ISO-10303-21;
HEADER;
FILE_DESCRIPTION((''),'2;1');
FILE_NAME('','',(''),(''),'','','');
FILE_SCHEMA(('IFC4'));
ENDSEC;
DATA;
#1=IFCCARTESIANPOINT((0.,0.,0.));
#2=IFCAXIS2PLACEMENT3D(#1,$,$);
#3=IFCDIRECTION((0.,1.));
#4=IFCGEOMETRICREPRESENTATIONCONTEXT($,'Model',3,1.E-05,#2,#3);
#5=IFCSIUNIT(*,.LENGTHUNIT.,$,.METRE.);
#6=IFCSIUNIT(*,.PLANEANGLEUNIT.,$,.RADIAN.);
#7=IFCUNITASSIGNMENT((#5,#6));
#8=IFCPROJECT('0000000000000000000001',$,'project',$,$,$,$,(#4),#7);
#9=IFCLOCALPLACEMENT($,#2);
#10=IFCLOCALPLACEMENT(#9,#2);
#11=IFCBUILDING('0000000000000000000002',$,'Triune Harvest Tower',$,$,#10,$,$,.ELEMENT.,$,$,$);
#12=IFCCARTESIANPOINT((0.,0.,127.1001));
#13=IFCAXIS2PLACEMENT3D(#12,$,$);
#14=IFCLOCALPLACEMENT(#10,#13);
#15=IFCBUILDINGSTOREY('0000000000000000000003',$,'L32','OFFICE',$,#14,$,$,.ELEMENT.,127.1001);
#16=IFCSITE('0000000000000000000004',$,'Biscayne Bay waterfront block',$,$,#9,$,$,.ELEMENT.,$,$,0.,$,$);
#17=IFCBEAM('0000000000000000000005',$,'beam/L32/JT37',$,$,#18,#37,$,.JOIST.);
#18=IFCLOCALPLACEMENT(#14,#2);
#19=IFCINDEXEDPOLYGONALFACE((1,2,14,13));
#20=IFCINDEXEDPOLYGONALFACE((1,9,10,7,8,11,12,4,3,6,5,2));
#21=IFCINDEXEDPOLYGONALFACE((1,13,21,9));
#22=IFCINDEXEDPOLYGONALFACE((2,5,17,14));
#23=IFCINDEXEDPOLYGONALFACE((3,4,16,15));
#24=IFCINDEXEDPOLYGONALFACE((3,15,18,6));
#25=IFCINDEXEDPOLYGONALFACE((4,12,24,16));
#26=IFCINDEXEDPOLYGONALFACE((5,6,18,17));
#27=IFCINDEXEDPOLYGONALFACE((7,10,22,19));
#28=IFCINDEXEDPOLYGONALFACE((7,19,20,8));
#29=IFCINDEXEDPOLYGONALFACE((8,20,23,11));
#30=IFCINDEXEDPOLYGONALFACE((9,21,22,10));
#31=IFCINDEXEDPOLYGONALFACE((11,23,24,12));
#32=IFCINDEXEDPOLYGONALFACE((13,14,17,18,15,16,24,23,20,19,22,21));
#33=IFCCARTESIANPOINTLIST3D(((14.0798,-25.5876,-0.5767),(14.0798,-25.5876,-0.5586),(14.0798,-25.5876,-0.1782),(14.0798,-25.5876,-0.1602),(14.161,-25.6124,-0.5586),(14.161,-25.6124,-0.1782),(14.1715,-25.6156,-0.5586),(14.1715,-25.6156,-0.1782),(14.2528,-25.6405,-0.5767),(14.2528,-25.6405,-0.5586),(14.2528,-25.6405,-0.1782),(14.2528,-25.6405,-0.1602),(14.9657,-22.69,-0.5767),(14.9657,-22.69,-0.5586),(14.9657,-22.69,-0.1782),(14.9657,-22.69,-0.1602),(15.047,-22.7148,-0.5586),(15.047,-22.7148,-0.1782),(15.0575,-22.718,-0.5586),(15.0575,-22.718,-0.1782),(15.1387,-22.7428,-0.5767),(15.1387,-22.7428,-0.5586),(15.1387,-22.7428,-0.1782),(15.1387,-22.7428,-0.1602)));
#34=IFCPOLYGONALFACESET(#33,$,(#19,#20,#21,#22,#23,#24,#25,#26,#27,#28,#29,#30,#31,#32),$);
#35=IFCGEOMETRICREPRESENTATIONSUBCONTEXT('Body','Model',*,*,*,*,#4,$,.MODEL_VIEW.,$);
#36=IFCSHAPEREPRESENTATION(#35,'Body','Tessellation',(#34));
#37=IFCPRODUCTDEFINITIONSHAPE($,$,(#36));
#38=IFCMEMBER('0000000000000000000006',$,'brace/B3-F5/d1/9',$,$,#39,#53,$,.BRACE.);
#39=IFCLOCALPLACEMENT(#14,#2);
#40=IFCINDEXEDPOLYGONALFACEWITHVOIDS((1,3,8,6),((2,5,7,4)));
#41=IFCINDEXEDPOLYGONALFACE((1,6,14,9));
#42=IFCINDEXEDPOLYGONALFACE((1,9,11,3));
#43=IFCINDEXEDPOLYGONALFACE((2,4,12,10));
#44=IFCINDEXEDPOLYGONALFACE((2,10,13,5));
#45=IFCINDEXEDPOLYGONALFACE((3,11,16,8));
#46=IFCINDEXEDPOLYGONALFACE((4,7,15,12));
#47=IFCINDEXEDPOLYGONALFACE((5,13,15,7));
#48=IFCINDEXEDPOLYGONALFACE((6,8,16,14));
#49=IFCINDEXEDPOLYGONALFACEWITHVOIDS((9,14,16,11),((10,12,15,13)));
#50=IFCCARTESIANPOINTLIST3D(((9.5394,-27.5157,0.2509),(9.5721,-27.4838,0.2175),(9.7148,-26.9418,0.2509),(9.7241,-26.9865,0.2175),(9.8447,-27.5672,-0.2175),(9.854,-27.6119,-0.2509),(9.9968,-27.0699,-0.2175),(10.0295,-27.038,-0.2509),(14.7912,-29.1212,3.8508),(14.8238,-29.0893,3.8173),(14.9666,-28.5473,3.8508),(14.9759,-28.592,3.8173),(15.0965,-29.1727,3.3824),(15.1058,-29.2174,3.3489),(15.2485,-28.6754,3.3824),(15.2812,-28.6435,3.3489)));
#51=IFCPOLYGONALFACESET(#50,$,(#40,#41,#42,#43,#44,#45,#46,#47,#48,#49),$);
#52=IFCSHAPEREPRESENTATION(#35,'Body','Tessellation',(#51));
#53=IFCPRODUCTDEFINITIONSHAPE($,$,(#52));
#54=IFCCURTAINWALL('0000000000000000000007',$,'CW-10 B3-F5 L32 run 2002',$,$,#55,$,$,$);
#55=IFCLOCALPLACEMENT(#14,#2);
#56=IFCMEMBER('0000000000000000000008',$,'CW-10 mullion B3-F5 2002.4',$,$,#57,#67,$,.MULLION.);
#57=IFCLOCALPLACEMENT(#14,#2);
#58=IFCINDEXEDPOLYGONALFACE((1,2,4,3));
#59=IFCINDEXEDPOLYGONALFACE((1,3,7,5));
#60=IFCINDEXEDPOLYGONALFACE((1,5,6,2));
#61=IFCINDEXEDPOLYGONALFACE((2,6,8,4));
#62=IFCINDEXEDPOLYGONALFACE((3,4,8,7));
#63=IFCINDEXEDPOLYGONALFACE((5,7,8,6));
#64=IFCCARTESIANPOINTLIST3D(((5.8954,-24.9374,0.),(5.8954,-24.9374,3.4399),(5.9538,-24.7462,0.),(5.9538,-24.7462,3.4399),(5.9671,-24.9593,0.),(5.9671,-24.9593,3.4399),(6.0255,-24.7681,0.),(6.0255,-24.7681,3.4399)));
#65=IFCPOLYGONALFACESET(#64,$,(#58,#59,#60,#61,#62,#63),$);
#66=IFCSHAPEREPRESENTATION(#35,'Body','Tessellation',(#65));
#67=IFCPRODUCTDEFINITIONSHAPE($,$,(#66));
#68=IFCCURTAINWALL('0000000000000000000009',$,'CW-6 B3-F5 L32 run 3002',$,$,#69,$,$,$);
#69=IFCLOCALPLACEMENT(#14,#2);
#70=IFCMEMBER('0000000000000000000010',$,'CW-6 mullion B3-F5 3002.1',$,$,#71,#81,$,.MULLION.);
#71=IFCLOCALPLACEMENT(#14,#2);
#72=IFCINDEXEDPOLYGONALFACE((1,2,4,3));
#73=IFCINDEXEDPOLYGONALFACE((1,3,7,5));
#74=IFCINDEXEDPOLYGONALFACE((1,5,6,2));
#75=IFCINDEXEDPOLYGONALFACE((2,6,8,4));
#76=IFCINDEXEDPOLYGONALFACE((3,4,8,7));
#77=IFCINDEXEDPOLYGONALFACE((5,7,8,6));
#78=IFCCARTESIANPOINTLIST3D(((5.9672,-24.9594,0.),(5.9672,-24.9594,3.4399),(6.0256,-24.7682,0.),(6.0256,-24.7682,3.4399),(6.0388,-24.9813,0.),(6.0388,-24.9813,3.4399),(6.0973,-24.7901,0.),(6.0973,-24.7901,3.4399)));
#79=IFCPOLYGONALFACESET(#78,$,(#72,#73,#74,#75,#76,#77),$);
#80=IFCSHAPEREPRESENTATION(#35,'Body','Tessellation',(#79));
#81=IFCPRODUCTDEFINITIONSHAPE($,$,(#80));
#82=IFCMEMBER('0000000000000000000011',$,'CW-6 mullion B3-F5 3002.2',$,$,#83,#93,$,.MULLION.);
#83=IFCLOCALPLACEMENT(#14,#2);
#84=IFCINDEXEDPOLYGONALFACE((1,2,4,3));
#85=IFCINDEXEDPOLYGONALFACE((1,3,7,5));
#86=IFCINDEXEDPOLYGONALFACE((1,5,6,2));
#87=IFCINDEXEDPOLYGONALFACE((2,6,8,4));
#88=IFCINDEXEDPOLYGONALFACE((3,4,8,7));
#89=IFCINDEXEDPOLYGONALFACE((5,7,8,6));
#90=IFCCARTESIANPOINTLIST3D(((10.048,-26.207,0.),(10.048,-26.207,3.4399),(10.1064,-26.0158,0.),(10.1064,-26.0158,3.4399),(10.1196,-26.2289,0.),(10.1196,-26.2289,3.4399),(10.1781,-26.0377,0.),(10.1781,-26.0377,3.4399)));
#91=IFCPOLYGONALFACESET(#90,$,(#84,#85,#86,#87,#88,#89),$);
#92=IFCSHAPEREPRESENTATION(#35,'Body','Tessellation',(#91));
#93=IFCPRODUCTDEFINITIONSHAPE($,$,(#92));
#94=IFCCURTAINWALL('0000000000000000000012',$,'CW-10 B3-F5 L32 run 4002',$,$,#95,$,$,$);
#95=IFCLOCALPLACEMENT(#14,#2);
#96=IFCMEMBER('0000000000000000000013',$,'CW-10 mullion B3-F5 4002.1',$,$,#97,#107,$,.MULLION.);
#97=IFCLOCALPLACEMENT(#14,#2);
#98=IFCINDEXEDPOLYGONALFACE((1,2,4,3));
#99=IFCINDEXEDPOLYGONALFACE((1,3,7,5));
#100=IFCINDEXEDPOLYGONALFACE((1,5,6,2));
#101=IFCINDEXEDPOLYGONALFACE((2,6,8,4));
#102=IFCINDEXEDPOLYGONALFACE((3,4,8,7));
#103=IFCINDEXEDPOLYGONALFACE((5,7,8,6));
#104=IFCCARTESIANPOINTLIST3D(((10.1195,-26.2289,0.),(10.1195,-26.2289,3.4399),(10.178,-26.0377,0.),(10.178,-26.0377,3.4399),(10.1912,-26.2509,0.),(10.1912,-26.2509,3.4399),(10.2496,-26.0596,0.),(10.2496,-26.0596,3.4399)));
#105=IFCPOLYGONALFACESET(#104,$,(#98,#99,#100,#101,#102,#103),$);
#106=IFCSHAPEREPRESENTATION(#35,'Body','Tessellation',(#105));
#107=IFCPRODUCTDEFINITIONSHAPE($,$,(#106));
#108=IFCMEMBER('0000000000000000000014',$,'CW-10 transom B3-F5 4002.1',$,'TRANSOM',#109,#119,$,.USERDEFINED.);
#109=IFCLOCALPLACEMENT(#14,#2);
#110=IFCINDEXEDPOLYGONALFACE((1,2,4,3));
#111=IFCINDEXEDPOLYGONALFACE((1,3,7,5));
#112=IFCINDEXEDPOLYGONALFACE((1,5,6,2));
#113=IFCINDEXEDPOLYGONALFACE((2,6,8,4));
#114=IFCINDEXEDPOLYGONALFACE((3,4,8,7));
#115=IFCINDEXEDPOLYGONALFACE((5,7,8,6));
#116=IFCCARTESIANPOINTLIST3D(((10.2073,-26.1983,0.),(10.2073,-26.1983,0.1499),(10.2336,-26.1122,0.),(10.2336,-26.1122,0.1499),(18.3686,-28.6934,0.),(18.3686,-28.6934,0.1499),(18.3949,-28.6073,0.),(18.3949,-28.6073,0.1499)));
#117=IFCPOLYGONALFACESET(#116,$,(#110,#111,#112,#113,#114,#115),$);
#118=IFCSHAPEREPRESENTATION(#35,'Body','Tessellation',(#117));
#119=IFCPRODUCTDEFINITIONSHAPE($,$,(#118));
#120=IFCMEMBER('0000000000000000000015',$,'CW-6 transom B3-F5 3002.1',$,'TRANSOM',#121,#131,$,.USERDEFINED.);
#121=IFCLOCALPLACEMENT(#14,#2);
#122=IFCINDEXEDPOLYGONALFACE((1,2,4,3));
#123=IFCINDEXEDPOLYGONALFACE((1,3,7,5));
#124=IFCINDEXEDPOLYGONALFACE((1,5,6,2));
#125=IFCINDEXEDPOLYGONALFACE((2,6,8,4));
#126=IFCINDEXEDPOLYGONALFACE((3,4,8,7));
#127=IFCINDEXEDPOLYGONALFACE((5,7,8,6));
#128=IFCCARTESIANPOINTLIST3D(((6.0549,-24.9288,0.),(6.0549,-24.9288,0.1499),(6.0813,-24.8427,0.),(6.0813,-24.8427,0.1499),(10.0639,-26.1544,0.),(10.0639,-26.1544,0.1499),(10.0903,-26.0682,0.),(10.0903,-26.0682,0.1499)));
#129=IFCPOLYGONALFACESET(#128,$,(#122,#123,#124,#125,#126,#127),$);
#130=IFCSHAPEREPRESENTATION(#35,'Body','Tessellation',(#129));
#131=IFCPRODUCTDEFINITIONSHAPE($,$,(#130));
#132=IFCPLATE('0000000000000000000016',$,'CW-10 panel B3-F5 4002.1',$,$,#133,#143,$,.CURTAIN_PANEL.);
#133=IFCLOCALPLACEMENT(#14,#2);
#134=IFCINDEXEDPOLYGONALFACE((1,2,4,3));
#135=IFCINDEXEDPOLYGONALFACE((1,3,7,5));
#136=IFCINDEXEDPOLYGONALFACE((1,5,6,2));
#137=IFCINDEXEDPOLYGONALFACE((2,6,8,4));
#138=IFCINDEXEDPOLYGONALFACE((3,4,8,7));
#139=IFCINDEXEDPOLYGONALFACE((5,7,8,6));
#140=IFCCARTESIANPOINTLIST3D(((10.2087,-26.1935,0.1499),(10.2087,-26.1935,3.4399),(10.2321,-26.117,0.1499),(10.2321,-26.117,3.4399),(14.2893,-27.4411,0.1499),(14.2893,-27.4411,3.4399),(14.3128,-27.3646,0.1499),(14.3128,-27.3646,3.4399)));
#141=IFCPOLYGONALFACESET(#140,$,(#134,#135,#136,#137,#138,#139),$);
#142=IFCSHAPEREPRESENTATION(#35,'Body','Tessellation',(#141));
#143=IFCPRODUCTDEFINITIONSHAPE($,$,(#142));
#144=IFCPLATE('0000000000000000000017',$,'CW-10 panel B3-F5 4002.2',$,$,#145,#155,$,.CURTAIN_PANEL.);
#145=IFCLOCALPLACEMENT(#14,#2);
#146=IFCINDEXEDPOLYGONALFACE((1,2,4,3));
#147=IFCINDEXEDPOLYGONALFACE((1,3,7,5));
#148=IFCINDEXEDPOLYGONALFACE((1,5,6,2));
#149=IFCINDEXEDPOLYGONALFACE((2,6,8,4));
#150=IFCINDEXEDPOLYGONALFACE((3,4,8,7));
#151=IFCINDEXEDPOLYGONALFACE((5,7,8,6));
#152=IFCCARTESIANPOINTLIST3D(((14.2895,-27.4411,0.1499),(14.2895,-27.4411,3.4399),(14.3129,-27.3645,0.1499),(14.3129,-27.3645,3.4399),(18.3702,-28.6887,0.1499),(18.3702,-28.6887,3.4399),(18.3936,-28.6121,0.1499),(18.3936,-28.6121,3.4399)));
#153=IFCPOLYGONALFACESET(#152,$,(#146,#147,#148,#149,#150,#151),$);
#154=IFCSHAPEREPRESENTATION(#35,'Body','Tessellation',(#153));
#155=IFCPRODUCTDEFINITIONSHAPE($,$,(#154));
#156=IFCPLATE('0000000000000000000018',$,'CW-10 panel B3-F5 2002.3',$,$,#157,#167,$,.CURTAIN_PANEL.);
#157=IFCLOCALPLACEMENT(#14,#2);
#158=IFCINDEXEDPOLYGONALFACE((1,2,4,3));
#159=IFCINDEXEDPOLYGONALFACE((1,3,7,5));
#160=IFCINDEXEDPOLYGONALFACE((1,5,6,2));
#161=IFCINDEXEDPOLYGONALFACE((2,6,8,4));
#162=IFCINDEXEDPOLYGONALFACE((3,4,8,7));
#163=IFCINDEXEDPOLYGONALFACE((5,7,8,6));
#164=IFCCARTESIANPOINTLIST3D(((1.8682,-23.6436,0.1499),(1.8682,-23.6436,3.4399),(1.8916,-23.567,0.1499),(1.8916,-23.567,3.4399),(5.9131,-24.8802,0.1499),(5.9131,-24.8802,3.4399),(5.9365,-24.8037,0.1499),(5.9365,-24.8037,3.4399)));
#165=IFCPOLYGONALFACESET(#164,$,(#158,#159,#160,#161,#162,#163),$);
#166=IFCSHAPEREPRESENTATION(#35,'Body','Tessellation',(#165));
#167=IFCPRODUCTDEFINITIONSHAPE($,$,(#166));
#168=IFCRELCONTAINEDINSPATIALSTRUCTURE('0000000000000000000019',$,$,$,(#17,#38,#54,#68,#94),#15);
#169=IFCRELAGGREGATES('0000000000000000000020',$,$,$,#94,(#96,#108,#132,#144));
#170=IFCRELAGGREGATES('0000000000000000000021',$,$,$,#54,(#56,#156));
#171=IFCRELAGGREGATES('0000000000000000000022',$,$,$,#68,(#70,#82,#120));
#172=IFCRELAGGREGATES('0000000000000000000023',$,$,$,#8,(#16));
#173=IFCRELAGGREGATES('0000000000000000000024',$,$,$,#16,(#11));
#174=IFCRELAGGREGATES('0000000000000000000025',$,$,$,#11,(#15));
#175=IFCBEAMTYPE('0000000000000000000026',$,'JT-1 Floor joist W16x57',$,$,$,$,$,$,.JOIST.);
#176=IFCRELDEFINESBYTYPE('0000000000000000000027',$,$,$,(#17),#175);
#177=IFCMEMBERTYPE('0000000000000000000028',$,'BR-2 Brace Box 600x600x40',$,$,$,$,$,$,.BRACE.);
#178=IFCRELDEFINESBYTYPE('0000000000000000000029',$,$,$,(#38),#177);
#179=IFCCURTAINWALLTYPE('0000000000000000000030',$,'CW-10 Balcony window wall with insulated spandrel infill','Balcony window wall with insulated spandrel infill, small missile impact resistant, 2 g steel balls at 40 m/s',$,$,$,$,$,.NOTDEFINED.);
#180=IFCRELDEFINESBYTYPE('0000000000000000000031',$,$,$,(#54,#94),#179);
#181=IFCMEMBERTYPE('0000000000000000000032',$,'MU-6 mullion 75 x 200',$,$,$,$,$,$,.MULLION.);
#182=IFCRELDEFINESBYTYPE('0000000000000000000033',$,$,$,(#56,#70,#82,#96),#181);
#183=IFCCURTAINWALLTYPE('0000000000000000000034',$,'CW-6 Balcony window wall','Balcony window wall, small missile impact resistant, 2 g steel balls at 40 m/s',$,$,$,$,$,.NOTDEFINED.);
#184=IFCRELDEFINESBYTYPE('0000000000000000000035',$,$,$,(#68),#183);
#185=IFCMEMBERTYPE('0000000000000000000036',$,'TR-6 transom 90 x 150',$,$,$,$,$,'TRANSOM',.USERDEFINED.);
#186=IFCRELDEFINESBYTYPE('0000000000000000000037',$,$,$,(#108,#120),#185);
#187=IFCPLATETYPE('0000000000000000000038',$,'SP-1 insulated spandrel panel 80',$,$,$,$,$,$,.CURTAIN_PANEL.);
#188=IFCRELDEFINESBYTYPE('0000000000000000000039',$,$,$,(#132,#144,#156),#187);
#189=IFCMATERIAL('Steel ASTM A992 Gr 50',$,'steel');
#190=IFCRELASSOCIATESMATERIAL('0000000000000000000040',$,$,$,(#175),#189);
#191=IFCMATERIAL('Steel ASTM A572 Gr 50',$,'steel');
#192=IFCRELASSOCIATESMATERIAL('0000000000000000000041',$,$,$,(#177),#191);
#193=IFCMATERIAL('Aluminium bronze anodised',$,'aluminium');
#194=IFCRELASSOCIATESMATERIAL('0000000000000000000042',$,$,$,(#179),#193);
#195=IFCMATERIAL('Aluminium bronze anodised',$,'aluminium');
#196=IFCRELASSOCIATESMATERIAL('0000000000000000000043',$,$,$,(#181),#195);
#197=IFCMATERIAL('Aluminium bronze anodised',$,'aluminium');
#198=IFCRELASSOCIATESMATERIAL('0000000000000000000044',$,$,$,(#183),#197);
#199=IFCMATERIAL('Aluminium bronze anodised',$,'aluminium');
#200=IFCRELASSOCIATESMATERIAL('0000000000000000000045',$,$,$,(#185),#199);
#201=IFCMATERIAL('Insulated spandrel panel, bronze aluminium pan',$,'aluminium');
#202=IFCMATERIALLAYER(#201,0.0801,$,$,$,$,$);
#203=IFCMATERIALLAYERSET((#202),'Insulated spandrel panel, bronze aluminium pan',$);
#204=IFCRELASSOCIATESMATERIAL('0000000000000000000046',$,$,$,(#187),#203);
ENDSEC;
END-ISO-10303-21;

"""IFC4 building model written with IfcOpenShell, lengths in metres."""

from ifc_helpers import new_model, si_unit, direction, frame, origin, origin_2d, place, context, subcontext, project, spatial, rectangle, hollow_rectangle, i_section, extrude, source, transform, mapped, material, layer, layer_set, material_profile, profile_set, type_object, element, aggregate, save


model = new_model("IFC4")

# Units and contexts
model_context = context("Model", 3, precision=1e-05, world=origin(), true_north=direction((0.0, 1.0)))
body_context = subcontext(model_context, "Body", "Model", "MODEL_VIEW")
ifc_project = project(units=[si_unit("LENGTHUNIT", "METRE"), si_unit("PLANEANGLEUNIT", "RADIAN")], contexts=[model_context])

# Site, building, storey
site_placement = place(None, origin())
site = spatial("IfcSite", under=ifc_project, at=site_placement, Name="Biscayne Bay waterfront block", CompositionType="ELEMENT", RefElevation=0.0)
building_placement = place(site_placement, origin())
building = spatial("IfcBuilding", under=site, at=building_placement, Name="Triune Harvest Tower", CompositionType="ELEMENT")
storey_placement = place(building_placement, frame((0.0, 0.0, 127.1001)))
storey = spatial("IfcBuildingStorey", under=building, at=storey_placement, Name="L32", Description="OFFICE", CompositionType="ELEMENT", Elevation=127.1001)

# Beam
ifc_material_1 = material(Name="Steel ASTM A992 Gr 50", Category="steel")
ifc_material_profile_1 = material_profile(ifc_material_1, i_section(OverallWidth=0.1809, OverallDepth=0.4165, WebThickness=0.011, FlangeThickness=0.0181, at=origin_2d()), Name="W16x57")
ifc_profile_set_1 = profile_set([ifc_material_profile_1], Name="Steel ASTM A992 Gr 50")
beam_type_1 = type_object("IfcBeamType", Name="JT-1 Floor joist W16x57", PredefinedType="JOIST", material=ifc_profile_set_1)
shared_shape_1 = source(origin(), body_context, "Body", "SweptSolid", [
    extrude(i_section(OverallWidth=0.1809, OverallDepth=0.4165, WebThickness=0.011, FlangeThickness=0.0181, at=origin_2d()), origin(), (0.0, 0.0, 1.0), 3.03),
])
beam_1_placement = place(storey_placement, frame((14.1663, -25.614, -0.3684), z_axis=(0.292393, 0.956298, 0.0), x_axis=(-0.956298, 0.292393, 0.0)))
element("IfcBeam", 1, at=beam_1_placement, inside=storey, type_object=beam_type_1, Name="beam/L32/JT37", PredefinedType="JOIST", context=body_context, shape_type="MappedRepresentation", body=[
    mapped(shared_shape_1, transform((0.0, 0.0, 0.0), scale=1.0)),
])

# Member
ifc_material_2 = material(Name="Steel ASTM A572 Gr 50", Category="steel")
ifc_material_profile_2 = material_profile(ifc_material_2, hollow_rectangle(XDim=0.6001, YDim=0.6001, WallThickness=0.04, at=origin_2d()), Name="Box 600x600x40")
ifc_profile_set_2 = profile_set([ifc_material_profile_2], Name="Steel ASTM A572 Gr 50")
member_type_1 = type_object("IfcMemberType", Name="BR-2 Brace Box 600x600x40", PredefinedType="BRACE", material=ifc_profile_set_2)
shared_shape_2 = source(origin(), body_context, "Body", "SweptSolid", [
    extrude(hollow_rectangle(XDim=0.6001, YDim=0.6001, WallThickness=0.04, at=origin_2d()), origin(), (0.0, 0.0, 1.0), 6.5664),
])
member_1_placement = place(storey_placement, frame((9.7844, -27.2769, 0.0), z_axis=(0.799791, -0.2445, 0.548228), x_axis=(0.292348, 0.956312, 0.0)))
element("IfcMember", 2, at=member_1_placement, inside=storey, type_object=member_type_1, Name="brace/B3-F5/d1/9", PredefinedType="BRACE", context=body_context, shape_type="MappedRepresentation", body=[
    mapped(shared_shape_2, transform((0.0, 0.0, 0.0), scale=1.0)),
])

# Curtain wall, member
ifc_material_3 = material(Name="Aluminium bronze anodised", Category="aluminium")
curtain_wall_type_1 = type_object("IfcCurtainWallType", Name="CW-10 Balcony window wall with insulated spandrel infill", Description="Balcony window wall with insulated spandrel infill, small missile impact resistant, 2 g steel balls at 40 m/s", PredefinedType="NOTDEFINED", material=ifc_material_3)
curtain_wall_1_placement = place(storey_placement, origin())
curtain_wall_1 = element("IfcCurtainWall", 3, at=curtain_wall_1_placement, inside=storey, type_object=curtain_wall_type_1, Name="CW-10 B3-F5 L32 run 2002")
ifc_material_4 = material(Name="Aluminium bronze anodised", Category="aluminium")
ifc_material_profile_3 = material_profile(ifc_material_4, rectangle(XDim=0.2, YDim=0.075, at=origin_2d()), Name="MU-6 mullion 75 x 200")
ifc_profile_set_3 = profile_set([ifc_material_profile_3], Name="Aluminium bronze anodised")
member_type_2 = type_object("IfcMemberType", Name="MU-6 mullion 75 x 200", PredefinedType="MULLION", material=ifc_profile_set_3)
shared_shape_3 = source(origin(), body_context, "Body", "SweptSolid", [
    extrude(rectangle(XDim=0.2, YDim=0.075, at=origin_2d()), origin(), (0.0, 0.0, 1.0), 3.4399),
])
member_2_placement = place(storey_placement, frame((5.9604, -24.8528, 0.0), z_axis=(0.0, 0.0, 1.0), x_axis=(0.292368, 0.956306, 0.0)))
member_2 = element("IfcMember", 4, at=member_2_placement, type_object=member_type_2, Name="CW-10 mullion B3-F5 2002.4", PredefinedType="MULLION", context=body_context, shape_type="MappedRepresentation", body=[
    mapped(shared_shape_3, transform((0.0, 0.0, 0.0), scale=1.0)),
])

# Curtain walls, members
ifc_material_5 = material(Name="Aluminium bronze anodised", Category="aluminium")
curtain_wall_type_2 = type_object("IfcCurtainWallType", Name="CW-6 Balcony window wall", Description="Balcony window wall, small missile impact resistant, 2 g steel balls at 40 m/s", PredefinedType="NOTDEFINED", material=ifc_material_5)
curtain_wall_2_placement = place(storey_placement, origin())
curtain_wall_2 = element("IfcCurtainWall", 5, at=curtain_wall_2_placement, inside=storey, type_object=curtain_wall_type_2, Name="CW-6 B3-F5 L32 run 3002")
member_3_placement = place(storey_placement, frame((6.0322, -24.8748, 0.0), z_axis=(0.0, 0.0, 1.0), x_axis=(0.292368, 0.956306, 0.0)))
member_3 = element("IfcMember", 6, at=member_3_placement, type_object=member_type_2, Name="CW-6 mullion B3-F5 3002.1", PredefinedType="MULLION", context=body_context, shape_type="MappedRepresentation", body=[
    mapped(shared_shape_3, transform((0.0, 0.0, 0.0), scale=1.0)),
])
member_4_placement = place(storey_placement, frame((10.113, -26.1223, 0.0), z_axis=(0.0, 0.0, 1.0), x_axis=(0.292368, 0.956306, 0.0)))
member_4 = element("IfcMember", 7, at=member_4_placement, type_object=member_type_2, Name="CW-6 mullion B3-F5 3002.2", PredefinedType="MULLION", context=body_context, shape_type="MappedRepresentation", body=[
    mapped(shared_shape_3, transform((0.0, 0.0, 0.0), scale=1.0)),
])
curtain_wall_3_placement = place(storey_placement, origin())
curtain_wall_3 = element("IfcCurtainWall", 8, at=curtain_wall_3_placement, inside=storey, type_object=curtain_wall_type_1, Name="CW-10 B3-F5 L32 run 4002")
member_5_placement = place(storey_placement, frame((10.1846, -26.1443, 0.0), z_axis=(0.0, 0.0, 1.0), x_axis=(0.29238, 0.956302, 0.0)))
member_5 = element("IfcMember", 9, at=member_5_placement, type_object=member_type_2, Name="CW-10 mullion B3-F5 4002.1", PredefinedType="MULLION", context=body_context, shape_type="MappedRepresentation", body=[
    mapped(shared_shape_3, transform((0.0, 0.0, 0.0), scale=1.0)),
])
ifc_material_6 = material(Name="Aluminium bronze anodised", Category="aluminium")
ifc_material_profile_4 = material_profile(ifc_material_6, rectangle(XDim=0.0901, YDim=0.1499, at=origin_2d()), Name="TR-6 transom 90 x 150")
ifc_profile_set_4 = profile_set([ifc_material_profile_4], Name="Aluminium bronze anodised")
member_type_3 = type_object("IfcMemberType", Name="TR-6 transom 90 x 150", ElementType="TRANSOM", PredefinedType="USERDEFINED", material=ifc_profile_set_4)
shared_shape_4 = source(origin(), body_context, "Body", "SweptSolid", [
    extrude(rectangle(XDim=0.0901, YDim=0.1499, at=origin_2d()), origin(), (0.0, 0.0, 1.0), 8.5342),
])
member_6_placement = place(storey_placement, frame((10.2205, -26.1553, 0.075), z_axis=(0.956307, -0.292365, 0.0), x_axis=(0.292365, 0.956307, 0.0)))
member_6 = element("IfcMember", 10, at=member_6_placement, type_object=member_type_3, Name="CW-10 transom B3-F5 4002.1", ObjectType="TRANSOM", PredefinedType="USERDEFINED", context=body_context, shape_type="MappedRepresentation", body=[
    mapped(shared_shape_4, transform((0.0, 0.0, 0.0), scale=1.0)),
])

# Member
shared_shape_5 = source(origin(), body_context, "Body", "SweptSolid", [
    extrude(rectangle(XDim=0.0901, YDim=0.1499, at=origin_2d()), origin(), (0.0, 0.0, 1.0), 4.1921),
])
member_7_placement = place(storey_placement, frame((6.0681, -24.8857, 0.075), z_axis=(0.956311, -0.29235, 0.0), x_axis=(0.29235, 0.956311, 0.0)))
member_7 = element("IfcMember", 11, at=member_7_placement, type_object=member_type_3, Name="CW-6 transom B3-F5 3002.1", ObjectType="TRANSOM", PredefinedType="USERDEFINED", context=body_context, shape_type="MappedRepresentation", body=[
    mapped(shared_shape_5, transform((0.0, 0.0, 0.0), scale=1.0)),
])

# Plates
ifc_material_7 = material(Name="Insulated spandrel panel, bronze aluminium pan", Category="aluminium")
ifc_layer_1 = layer(ifc_material_7, 0.0801)
ifc_layer_set_1 = layer_set([ifc_layer_1], Name="Insulated spandrel panel, bronze aluminium pan")
plate_type_1 = type_object("IfcPlateType", Name="SP-1 insulated spandrel panel 80", PredefinedType="CURTAIN_PANEL", material=ifc_layer_set_1)
shared_shape_6 = source(origin(), body_context, "Body", "SweptSolid", [
    extrude(rectangle(XDim=4.2671, YDim=0.0801, at=origin_2d()), origin(), (0.0, 0.0, 1.0), 3.29),
])
plate_1_placement = place(storey_placement, frame((12.2607, -26.7791, 0.1499), z_axis=(0.0, 0.0, 1.0), x_axis=(0.956302, -0.29238, 0.0)))
plate_1 = element("IfcPlate", 12, at=plate_1_placement, type_object=plate_type_1, Name="CW-10 panel B3-F5 4002.1", PredefinedType="CURTAIN_PANEL", context=body_context, shape_type="MappedRepresentation", body=[
    mapped(shared_shape_6, transform((0.0, 0.0, 0.0), scale=1.0)),
])
plate_2_placement = place(storey_placement, frame((16.3416, -28.0266, 0.1499), z_axis=(0.0, 0.0, 1.0), x_axis=(0.956302, -0.29238, 0.0)))
plate_2 = element("IfcPlate", 13, at=plate_2_placement, type_object=plate_type_1, Name="CW-10 panel B3-F5 4002.2", PredefinedType="CURTAIN_PANEL", context=body_context, shape_type="MappedRepresentation", body=[
    mapped(shared_shape_6, transform((0.0, 0.0, 0.0), scale=1.0)),
])
aggregate(curtain_wall_3, [member_5, member_6, plate_1, plate_2])
shared_shape_7 = source(origin(), body_context, "Body", "SweptSolid", [
    extrude(rectangle(XDim=4.2297, YDim=0.0801, at=origin_2d()), origin(), (0.0, 0.0, 1.0), 3.29),
])
plate_3_placement = place(storey_placement, frame((3.9023, -24.2236, 0.1499), z_axis=(0.0, 0.0, 1.0), x_axis=(0.956306, -0.292368, 0.0)))
plate_3 = element("IfcPlate", 14, at=plate_3_placement, type_object=plate_type_1, Name="CW-10 panel B3-F5 2002.3", PredefinedType="CURTAIN_PANEL", context=body_context, shape_type="MappedRepresentation", body=[
    mapped(shared_shape_7, transform((0.0, 0.0, 0.0), scale=1.0)),
])
aggregate(curtain_wall_1, [member_2, plate_3])
aggregate(curtain_wall_2, [member_3, member_4, member_7])

save(model, "model.ifc")
